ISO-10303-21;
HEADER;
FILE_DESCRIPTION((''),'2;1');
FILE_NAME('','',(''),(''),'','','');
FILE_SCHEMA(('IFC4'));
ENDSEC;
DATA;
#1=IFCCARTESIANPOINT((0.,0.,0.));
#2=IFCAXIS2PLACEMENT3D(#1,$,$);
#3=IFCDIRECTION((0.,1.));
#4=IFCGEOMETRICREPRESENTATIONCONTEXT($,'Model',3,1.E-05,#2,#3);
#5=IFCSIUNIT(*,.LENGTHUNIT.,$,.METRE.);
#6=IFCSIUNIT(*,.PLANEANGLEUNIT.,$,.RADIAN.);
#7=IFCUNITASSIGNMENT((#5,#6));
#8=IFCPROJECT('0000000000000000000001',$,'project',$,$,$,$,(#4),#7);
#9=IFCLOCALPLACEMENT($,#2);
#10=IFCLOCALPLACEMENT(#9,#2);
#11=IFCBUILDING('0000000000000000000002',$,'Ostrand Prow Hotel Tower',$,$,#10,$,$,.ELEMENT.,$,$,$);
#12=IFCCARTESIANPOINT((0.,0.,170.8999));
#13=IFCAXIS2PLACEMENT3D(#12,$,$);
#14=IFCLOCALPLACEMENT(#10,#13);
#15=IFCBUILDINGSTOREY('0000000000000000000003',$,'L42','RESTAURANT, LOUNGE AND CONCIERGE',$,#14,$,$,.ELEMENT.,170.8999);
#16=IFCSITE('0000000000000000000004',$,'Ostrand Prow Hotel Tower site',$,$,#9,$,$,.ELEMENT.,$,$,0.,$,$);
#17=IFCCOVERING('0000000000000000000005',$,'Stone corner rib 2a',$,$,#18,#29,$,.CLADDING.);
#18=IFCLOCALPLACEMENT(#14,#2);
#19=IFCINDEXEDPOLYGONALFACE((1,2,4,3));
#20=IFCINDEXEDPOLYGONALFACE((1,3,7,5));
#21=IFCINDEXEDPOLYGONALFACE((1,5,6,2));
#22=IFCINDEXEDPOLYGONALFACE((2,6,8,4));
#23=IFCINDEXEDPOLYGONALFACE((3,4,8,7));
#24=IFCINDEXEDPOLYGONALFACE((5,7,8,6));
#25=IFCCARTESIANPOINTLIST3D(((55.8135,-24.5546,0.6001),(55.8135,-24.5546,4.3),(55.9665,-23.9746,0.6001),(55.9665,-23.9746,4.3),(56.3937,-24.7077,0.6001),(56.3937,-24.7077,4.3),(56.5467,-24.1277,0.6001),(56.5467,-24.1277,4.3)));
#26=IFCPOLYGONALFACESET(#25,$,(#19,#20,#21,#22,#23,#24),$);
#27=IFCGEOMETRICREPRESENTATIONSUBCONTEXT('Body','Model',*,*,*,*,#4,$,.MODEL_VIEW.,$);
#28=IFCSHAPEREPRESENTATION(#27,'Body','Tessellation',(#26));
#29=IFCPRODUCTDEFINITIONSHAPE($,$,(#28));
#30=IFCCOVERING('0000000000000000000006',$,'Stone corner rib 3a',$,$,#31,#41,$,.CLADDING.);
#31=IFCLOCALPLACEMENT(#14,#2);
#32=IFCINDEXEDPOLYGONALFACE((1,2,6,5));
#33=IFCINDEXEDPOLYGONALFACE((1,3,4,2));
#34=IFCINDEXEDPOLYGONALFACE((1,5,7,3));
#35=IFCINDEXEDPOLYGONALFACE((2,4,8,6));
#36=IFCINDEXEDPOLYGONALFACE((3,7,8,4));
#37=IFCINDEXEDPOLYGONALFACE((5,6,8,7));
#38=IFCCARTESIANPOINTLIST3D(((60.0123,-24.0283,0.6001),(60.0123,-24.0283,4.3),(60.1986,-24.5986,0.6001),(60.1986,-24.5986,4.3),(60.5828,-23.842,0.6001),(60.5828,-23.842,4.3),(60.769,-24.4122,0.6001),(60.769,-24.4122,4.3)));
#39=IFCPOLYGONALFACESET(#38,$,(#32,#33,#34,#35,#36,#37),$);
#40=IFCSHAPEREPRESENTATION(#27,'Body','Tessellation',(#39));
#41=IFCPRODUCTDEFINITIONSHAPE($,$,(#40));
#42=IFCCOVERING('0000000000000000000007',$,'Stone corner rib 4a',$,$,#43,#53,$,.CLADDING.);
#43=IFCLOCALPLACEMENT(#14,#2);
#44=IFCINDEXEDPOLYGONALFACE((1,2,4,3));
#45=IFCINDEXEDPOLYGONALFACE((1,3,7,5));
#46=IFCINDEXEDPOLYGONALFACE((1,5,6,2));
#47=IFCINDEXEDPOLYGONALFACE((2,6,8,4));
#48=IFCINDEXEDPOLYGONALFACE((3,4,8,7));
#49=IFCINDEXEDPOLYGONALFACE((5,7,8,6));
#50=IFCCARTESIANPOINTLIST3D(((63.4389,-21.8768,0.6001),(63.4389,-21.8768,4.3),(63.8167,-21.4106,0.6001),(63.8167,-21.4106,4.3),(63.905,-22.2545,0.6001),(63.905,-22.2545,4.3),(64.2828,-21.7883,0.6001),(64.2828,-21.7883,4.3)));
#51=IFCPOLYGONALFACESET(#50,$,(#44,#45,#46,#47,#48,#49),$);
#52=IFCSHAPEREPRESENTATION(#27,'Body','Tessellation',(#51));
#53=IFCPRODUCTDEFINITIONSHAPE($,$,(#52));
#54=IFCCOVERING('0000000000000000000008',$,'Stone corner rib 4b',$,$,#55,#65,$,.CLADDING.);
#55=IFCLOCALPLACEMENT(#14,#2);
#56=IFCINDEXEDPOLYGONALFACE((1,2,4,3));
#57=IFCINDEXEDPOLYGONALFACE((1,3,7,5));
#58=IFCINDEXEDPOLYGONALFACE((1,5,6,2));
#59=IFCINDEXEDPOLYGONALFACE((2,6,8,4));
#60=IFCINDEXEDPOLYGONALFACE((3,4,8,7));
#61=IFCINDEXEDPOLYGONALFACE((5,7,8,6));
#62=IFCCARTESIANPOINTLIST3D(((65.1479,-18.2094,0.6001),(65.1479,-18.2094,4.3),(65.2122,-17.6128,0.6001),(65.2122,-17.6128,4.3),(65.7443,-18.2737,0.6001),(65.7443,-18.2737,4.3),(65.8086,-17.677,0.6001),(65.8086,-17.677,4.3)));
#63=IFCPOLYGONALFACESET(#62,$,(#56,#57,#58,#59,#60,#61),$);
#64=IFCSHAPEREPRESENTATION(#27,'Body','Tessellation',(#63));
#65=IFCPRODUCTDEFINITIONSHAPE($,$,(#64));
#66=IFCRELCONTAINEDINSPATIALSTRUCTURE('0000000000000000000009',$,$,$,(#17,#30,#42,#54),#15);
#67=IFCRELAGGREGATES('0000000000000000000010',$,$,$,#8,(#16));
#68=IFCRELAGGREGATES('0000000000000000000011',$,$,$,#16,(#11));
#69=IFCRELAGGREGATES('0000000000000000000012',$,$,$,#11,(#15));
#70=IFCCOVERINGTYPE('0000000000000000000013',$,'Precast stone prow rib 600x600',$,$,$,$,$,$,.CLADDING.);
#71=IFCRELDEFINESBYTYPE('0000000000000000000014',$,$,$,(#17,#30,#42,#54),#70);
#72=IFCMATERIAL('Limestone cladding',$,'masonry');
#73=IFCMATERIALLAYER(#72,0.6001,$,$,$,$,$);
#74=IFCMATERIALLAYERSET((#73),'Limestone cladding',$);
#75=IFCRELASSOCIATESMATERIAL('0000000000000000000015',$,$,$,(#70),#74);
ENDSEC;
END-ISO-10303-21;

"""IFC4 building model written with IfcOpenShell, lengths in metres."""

from ifc_helpers import new_model, si_unit, direction, frame, frame_2d, origin, place, context, subcontext, project, spatial, rectangle, extrude, material, layer, layer_set, type_object, element, save


model = new_model("IFC4")

# Units and contexts
model_context = context("Model", 3, precision=1e-05, world=origin(), true_north=direction((0.0, 1.0)))
body_context = subcontext(model_context, "Body", "Model", "MODEL_VIEW")
ifc_project = project(units=[si_unit("LENGTHUNIT", "METRE"), si_unit("PLANEANGLEUNIT", "RADIAN")], contexts=[model_context])

# Site, building, storey
site_placement = place(None, origin())
site = spatial("IfcSite", under=ifc_project, at=site_placement, Name="Ostrand Prow Hotel Tower site", CompositionType="ELEMENT", RefElevation=0.0)
building_placement = place(site_placement, origin())
building = spatial("IfcBuilding", under=site, at=building_placement, Name="Ostrand Prow Hotel Tower", CompositionType="ELEMENT")
storey_placement = place(building_placement, frame((0.0, 0.0, 170.8999)))
storey = spatial("IfcBuildingStorey", under=building, at=storey_placement, Name="L42", Description="RESTAURANT, LOUNGE AND CONCIERGE", CompositionType="ELEMENT", Elevation=170.8999)

# Coverings
ifc_material_1 = material(Name="Limestone cladding", Category="masonry")
ifc_layer_1 = layer(ifc_material_1, 0.6001)
ifc_layer_set_1 = layer_set([ifc_layer_1], Name="Limestone cladding")
covering_type = type_object("IfcCoveringType", Name="Precast stone prow rib 600x600", PredefinedType="CLADDING", material=ifc_layer_set_1)
for number, where, z_axis, x_axis, name in (
    (1, (56.2566, -24.0513, 0.6001), (0.0, 0.0, 1.0), (-0.255154, -0.9669, 0.0), "Stone corner rib 2a"),
    (2, (60.2976, -23.9353, 0.6001), (0.0, 0.0, 1.0), (0.310484, -0.950578, 0.0), "Stone corner rib 3a"),
    (3, (63.6279, -21.6438, 0.6001), (0.0, 0.0, 1.0), (0.776923, -0.629596, 0.0), "Stone corner rib 4a"),
    (4, (65.1802, -17.9111, 0.6001), (0.0, 0.0, 1.0), (0.994255, -0.107036, 0.0), "Stone corner rib 4b"),
):
    element("IfcCovering", number, at=place(storey_placement, frame(where, z_axis=z_axis, x_axis=x_axis)), inside=storey, type_object=covering_type, Name=name, PredefinedType="CLADDING", context=body_context, shape_type="SweptSolid", body=[
        extrude(rectangle(XDim=0.5999, YDim=0.6001, at=frame_2d((0.2998, 0.0))), origin(), (0.0, 0.0, 1.0), 3.7),
    ])

save(model, "model.ifc")
